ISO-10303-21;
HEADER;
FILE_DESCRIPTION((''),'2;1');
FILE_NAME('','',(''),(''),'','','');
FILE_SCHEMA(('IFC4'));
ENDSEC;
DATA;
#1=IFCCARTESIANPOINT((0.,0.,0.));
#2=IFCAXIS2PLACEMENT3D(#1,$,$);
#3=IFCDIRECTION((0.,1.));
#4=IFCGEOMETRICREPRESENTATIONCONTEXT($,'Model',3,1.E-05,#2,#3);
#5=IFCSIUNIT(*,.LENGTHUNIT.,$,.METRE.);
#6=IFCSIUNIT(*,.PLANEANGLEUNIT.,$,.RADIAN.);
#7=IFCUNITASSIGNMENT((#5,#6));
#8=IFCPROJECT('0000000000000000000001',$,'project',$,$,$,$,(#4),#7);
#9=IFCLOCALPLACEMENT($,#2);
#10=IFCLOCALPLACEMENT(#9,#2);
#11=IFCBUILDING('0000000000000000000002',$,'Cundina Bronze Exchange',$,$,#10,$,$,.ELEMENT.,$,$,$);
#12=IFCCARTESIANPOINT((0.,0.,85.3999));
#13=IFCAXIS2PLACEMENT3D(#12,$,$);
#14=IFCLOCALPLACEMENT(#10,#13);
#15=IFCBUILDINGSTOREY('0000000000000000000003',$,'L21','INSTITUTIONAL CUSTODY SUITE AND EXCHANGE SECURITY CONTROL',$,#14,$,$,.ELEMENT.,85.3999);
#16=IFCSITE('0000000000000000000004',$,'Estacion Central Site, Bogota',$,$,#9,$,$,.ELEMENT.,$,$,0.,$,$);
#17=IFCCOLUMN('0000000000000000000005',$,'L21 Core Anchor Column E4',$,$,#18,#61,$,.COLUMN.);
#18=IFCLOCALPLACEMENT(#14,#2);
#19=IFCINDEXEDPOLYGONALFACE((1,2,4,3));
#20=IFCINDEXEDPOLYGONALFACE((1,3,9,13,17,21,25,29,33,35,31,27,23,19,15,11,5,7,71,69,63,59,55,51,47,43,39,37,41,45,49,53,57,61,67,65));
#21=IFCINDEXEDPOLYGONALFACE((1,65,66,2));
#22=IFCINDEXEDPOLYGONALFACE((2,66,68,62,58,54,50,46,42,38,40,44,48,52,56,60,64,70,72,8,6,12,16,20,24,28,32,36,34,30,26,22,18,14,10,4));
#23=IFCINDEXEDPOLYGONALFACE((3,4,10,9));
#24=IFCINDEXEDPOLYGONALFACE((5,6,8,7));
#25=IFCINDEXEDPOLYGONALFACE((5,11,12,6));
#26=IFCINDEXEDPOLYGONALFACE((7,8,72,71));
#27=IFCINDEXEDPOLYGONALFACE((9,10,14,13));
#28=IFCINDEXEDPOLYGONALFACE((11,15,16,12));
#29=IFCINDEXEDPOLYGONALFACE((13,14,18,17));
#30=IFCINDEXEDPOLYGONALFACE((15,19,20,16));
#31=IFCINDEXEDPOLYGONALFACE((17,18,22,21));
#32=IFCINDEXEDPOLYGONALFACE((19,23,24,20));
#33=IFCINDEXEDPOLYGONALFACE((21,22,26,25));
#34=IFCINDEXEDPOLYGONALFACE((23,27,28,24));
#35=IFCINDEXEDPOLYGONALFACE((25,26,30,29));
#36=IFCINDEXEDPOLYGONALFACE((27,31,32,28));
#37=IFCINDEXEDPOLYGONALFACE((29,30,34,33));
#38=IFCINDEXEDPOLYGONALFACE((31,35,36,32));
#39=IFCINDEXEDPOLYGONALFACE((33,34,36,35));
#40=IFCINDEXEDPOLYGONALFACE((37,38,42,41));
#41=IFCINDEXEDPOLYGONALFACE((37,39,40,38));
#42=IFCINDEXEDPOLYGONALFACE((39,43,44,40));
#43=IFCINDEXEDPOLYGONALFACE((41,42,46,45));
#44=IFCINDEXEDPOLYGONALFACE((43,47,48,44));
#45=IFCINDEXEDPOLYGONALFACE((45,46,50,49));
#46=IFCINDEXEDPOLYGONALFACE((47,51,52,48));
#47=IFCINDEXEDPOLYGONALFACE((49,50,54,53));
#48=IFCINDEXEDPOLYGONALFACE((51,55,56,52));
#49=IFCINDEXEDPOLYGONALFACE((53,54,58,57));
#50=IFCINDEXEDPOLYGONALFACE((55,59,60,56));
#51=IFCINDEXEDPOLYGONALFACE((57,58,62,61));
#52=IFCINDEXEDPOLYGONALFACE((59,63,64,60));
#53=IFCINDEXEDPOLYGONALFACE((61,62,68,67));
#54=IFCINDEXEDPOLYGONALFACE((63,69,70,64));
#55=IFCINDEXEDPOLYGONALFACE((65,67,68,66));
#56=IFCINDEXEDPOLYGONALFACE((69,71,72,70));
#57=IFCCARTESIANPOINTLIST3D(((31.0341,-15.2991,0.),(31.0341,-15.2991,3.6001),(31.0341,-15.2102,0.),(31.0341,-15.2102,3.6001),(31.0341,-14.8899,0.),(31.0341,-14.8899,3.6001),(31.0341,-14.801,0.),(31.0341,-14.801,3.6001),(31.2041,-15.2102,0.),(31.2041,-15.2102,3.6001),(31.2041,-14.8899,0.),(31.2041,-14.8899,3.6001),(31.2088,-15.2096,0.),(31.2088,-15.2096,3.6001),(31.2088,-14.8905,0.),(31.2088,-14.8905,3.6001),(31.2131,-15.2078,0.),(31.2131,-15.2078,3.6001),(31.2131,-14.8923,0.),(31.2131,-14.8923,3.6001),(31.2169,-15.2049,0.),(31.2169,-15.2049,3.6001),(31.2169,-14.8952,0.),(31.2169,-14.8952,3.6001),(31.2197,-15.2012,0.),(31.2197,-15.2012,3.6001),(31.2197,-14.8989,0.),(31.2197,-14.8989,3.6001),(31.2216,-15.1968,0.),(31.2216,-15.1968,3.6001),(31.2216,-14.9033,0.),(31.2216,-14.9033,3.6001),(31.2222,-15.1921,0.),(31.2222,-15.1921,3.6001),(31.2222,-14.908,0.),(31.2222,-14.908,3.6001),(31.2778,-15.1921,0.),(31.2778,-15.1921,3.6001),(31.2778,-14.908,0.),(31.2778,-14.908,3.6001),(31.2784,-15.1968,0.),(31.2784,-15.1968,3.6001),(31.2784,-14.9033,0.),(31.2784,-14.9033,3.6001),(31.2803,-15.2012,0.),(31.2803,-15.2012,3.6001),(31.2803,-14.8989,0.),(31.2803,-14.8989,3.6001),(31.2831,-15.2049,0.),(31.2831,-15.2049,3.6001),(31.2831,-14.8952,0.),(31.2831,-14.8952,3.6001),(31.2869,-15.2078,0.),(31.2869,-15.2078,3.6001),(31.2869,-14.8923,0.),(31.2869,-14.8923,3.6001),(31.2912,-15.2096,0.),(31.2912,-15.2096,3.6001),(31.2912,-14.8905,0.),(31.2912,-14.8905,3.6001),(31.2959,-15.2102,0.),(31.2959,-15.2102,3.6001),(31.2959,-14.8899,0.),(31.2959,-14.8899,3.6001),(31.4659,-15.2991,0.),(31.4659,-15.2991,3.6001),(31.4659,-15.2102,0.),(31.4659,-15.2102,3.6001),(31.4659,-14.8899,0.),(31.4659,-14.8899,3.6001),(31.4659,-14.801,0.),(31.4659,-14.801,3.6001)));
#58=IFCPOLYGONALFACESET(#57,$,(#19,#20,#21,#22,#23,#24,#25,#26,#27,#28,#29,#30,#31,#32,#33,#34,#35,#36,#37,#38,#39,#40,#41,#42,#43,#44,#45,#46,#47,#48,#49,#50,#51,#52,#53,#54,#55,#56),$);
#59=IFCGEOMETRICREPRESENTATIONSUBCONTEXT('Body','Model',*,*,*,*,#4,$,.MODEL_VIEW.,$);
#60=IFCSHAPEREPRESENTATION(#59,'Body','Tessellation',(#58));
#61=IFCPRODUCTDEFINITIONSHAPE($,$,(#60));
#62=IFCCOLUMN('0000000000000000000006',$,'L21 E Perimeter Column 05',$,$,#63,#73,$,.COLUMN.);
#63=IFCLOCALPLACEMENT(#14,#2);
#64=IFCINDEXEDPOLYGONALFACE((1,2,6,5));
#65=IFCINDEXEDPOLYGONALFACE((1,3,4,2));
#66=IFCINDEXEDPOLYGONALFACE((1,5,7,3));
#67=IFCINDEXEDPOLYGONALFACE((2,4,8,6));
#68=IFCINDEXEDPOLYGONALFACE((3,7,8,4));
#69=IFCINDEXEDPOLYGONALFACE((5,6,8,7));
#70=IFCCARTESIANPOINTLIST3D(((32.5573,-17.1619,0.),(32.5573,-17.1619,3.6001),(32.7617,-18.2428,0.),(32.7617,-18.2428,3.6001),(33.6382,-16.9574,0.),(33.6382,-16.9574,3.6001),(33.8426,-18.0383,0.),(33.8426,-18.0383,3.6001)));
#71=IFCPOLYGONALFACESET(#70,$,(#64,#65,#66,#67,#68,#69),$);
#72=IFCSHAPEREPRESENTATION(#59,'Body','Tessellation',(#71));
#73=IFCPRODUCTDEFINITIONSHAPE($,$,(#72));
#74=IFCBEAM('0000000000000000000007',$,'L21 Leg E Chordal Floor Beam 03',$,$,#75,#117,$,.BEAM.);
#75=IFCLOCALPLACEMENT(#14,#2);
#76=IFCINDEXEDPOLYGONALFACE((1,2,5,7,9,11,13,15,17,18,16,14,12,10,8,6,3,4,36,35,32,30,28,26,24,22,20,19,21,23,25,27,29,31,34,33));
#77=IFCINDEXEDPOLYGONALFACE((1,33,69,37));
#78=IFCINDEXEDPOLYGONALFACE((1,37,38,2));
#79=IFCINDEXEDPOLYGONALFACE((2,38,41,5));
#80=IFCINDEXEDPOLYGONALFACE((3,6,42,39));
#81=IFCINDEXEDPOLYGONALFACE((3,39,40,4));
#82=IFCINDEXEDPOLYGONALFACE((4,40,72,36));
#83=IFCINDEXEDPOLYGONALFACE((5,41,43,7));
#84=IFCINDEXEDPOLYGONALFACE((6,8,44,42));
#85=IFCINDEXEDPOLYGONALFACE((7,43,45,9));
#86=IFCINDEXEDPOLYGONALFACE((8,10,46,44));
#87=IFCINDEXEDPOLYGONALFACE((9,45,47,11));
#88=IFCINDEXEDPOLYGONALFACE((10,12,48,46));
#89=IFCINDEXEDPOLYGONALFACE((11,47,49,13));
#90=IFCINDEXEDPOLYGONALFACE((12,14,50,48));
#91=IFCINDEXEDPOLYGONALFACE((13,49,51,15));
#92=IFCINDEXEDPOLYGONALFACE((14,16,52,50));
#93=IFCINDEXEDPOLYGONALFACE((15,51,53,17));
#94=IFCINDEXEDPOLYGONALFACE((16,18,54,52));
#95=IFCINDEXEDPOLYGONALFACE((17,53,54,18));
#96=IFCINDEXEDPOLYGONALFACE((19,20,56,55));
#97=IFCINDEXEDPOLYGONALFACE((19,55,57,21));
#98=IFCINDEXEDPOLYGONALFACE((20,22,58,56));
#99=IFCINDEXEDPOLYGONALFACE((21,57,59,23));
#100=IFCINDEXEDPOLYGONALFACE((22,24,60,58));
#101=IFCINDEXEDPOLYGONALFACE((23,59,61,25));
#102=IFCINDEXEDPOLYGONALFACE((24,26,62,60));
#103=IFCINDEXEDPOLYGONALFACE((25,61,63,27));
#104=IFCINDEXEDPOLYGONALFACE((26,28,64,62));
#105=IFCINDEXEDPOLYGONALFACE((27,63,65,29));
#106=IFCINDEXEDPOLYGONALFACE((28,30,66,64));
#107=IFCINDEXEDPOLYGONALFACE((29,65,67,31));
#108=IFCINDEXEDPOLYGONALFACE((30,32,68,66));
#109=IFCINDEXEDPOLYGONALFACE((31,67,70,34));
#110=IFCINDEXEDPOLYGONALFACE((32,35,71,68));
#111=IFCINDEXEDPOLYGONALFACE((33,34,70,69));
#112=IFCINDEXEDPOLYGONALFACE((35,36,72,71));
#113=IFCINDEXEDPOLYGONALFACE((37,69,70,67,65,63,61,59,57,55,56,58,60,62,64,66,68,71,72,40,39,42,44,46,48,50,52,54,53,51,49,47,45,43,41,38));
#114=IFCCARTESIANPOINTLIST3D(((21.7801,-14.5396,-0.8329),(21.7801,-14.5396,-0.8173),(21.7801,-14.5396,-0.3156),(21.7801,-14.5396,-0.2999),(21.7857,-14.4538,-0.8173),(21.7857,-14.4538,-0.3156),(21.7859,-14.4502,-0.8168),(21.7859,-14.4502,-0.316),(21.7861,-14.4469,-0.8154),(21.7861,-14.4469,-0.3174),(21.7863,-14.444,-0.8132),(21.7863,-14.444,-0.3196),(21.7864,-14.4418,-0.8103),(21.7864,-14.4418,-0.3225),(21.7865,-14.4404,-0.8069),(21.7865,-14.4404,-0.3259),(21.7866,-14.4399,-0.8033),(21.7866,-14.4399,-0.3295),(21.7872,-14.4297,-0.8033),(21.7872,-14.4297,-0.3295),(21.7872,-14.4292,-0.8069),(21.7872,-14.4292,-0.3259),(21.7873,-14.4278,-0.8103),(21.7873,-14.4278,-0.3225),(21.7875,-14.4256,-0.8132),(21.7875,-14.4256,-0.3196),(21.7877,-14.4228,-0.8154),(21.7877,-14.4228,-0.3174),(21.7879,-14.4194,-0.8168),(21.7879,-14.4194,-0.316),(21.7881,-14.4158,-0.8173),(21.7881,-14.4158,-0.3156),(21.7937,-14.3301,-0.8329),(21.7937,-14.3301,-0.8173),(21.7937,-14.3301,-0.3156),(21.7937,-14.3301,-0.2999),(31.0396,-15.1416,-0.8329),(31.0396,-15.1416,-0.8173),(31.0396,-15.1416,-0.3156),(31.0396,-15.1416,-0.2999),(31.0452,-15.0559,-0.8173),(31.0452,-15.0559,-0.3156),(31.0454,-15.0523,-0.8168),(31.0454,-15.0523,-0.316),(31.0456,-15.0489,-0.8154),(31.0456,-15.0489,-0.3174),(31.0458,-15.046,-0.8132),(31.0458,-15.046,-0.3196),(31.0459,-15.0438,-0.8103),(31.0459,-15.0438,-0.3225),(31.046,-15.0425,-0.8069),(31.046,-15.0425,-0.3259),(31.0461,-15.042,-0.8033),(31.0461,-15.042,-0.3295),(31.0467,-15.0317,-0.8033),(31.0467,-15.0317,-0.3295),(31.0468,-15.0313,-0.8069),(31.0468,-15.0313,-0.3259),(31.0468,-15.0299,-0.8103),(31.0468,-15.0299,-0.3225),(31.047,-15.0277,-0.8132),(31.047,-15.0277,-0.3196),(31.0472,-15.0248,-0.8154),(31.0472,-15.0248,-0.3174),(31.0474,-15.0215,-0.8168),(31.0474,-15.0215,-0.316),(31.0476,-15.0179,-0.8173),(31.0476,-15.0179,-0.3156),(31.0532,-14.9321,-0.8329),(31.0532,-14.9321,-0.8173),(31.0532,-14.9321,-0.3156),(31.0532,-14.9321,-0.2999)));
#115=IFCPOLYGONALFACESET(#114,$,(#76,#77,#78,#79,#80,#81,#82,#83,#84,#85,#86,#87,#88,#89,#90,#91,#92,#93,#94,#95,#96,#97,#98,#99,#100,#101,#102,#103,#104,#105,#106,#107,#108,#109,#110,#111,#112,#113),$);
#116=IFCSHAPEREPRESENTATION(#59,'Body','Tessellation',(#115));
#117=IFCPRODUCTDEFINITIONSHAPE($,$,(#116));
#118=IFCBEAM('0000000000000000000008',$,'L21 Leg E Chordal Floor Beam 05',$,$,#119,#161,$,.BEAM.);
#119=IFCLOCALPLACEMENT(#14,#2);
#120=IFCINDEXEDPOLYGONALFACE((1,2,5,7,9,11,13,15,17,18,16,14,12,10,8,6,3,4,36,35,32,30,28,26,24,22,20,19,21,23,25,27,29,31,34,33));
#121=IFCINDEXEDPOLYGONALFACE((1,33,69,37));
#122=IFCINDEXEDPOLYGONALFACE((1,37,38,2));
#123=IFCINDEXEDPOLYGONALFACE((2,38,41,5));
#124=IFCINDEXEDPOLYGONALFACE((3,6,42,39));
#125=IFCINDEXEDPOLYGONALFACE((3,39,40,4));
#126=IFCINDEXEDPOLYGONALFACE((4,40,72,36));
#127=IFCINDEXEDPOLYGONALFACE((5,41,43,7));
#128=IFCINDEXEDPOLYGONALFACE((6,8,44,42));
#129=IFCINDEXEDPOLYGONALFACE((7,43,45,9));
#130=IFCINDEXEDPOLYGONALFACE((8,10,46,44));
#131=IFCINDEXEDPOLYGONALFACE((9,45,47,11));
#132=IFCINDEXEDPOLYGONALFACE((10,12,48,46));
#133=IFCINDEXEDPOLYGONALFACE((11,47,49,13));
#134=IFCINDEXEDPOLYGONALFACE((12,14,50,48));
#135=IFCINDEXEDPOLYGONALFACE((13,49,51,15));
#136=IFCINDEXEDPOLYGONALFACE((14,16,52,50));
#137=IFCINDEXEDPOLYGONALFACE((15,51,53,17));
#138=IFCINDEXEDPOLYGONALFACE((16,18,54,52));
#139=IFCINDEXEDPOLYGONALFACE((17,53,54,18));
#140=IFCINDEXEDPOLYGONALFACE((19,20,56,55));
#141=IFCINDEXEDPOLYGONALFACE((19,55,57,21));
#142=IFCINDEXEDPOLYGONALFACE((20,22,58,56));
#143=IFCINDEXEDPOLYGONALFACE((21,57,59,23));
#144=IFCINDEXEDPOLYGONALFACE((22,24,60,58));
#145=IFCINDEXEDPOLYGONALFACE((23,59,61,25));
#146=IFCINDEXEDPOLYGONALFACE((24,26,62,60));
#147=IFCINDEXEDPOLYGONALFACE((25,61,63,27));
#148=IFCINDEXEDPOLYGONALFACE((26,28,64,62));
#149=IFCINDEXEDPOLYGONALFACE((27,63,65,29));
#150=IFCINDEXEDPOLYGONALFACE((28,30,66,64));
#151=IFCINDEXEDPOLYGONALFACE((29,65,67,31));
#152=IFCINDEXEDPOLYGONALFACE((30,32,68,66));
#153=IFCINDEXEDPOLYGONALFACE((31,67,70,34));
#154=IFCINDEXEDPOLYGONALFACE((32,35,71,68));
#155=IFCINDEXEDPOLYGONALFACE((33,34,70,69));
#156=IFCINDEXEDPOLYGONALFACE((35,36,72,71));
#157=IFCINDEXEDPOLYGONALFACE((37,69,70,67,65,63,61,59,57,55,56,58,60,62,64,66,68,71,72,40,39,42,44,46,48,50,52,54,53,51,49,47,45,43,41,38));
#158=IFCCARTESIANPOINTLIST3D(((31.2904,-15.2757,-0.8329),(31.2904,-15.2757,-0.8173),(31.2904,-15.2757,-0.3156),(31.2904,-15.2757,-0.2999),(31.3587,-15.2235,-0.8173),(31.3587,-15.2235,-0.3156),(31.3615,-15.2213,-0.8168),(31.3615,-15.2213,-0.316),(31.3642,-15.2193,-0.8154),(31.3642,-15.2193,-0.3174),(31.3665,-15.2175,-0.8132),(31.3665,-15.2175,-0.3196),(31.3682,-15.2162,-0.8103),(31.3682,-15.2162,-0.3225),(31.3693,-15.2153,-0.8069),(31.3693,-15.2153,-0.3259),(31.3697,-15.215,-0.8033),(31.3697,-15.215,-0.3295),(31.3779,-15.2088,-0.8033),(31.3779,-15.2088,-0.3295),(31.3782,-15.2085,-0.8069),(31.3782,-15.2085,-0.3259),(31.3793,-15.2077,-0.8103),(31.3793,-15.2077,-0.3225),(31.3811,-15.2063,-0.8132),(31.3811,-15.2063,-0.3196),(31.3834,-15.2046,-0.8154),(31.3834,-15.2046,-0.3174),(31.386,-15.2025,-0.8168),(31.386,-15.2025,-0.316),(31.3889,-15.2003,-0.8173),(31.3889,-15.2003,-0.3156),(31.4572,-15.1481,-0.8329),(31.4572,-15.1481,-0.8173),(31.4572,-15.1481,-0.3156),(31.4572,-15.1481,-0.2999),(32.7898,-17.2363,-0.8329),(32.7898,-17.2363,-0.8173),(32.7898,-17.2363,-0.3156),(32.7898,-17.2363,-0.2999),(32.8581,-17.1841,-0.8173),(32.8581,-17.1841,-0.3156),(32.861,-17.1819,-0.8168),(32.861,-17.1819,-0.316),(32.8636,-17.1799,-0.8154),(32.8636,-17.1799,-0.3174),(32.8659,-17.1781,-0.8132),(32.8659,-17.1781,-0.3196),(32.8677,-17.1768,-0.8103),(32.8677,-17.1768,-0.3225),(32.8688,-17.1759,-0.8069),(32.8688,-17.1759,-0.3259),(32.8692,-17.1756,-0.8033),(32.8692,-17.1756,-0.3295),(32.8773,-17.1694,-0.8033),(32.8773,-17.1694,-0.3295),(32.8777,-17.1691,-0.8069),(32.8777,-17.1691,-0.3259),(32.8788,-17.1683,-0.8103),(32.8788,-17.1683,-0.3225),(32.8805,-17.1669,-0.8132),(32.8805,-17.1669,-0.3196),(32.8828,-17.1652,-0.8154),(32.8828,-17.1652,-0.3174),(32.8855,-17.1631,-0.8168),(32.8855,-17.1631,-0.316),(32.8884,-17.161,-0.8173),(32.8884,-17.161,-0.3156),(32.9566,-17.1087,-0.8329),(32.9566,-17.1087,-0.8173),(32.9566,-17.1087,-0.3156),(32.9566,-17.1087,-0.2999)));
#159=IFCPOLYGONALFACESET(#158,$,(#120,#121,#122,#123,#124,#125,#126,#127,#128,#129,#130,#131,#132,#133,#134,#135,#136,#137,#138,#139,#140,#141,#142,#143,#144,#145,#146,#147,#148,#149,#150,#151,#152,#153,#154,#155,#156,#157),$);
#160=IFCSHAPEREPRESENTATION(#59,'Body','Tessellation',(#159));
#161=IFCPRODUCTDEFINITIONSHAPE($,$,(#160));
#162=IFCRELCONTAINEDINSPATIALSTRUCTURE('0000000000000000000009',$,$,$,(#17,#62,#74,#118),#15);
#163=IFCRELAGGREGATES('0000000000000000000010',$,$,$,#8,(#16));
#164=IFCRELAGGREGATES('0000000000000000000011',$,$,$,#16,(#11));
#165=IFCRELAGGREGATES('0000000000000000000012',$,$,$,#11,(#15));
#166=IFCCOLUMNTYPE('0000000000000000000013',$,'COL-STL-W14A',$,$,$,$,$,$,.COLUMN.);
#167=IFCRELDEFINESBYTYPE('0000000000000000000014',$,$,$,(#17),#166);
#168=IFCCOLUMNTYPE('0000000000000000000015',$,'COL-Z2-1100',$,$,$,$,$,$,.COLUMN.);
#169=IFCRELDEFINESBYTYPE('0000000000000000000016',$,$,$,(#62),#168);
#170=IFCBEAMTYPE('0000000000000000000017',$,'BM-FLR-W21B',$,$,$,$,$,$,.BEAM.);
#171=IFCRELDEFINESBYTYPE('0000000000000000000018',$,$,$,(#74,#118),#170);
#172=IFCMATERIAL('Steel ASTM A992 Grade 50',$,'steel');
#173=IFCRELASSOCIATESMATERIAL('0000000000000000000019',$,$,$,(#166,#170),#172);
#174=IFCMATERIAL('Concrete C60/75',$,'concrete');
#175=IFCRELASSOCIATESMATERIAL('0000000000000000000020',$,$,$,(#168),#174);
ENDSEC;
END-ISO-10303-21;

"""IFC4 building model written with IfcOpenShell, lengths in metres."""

from ifc_helpers import new_model, si_unit, direction, frame, origin, origin_2d, place, context, subcontext, project, spatial, rectangle, i_section, extrude, material, material_profile, profile_set, type_object, element, save


model = new_model("IFC4")

# Units and contexts
model_context = context("Model", 3, precision=1e-05, world=origin(), true_north=direction((0.0, 1.0)))
body_context = subcontext(model_context, "Body", "Model", "MODEL_VIEW")
ifc_project = project(units=[si_unit("LENGTHUNIT", "METRE"), si_unit("PLANEANGLEUNIT", "RADIAN")], contexts=[model_context])

# Site, building, storey
site_placement = place(None, origin())
site = spatial("IfcSite", under=ifc_project, at=site_placement, Name="Estacion Central Site, Bogota", CompositionType="ELEMENT", RefElevation=0.0)
building_placement = place(site_placement, origin())
building = spatial("IfcBuilding", under=site, at=building_placement, Name="Cundina Bronze Exchange", CompositionType="ELEMENT")
storey_placement = place(building_placement, frame((0.0, 0.0, 85.3999)))
storey = spatial("IfcBuildingStorey", under=building, at=storey_placement, Name="L21", Description="INSTITUTIONAL CUSTODY SUITE AND EXCHANGE SECURITY CONTROL", CompositionType="ELEMENT", Elevation=85.3999)

# Columns
ifc_material_1 = material(Name="Steel ASTM A992 Grade 50", Category="steel")
ifc_material_profile_1 = material_profile(ifc_material_1, i_section(OverallWidth=0.4319, OverallDepth=0.498, WebThickness=0.0557, FlangeThickness=0.0889, FilletRadius=0.0181, at=origin_2d()), Name="W14X500", Category="steel")
ifc_profile_set_1 = profile_set([ifc_material_profile_1], Name="Steel ASTM A992 Grade 50")
column_type_1 = type_object("IfcColumnType", Name="COL-STL-W14A", PredefinedType="COLUMN", material=ifc_profile_set_1)
column_1_placement = place(storey_placement, frame((31.25, -15.05, 0.0), z_axis=(0.0, 0.0, 1.0), x_axis=(1.0, 0.0, 0.0)))
element("IfcColumn", 1, at=column_1_placement, inside=storey, type_object=column_type_1, Name="L21 Core Anchor Column E4", PredefinedType="COLUMN", context=body_context, shape_type="SweptSolid", body=[
    extrude(i_section(OverallWidth=0.4319, OverallDepth=0.498, WebThickness=0.0557, FlangeThickness=0.0889, FilletRadius=0.0181, at=origin_2d()), origin(), (0.0, 0.0, 1.0), 3.6001),
])
ifc_material_2 = material(Name="Concrete C60/75", Category="concrete")
ifc_material_profile_2 = material_profile(ifc_material_2, rectangle(XDim=1.1001, YDim=1.1001, at=origin_2d()), Name="RC1100X1100", Category="concrete")
ifc_profile_set_2 = profile_set([ifc_material_profile_2], Name="Concrete C60/75")
column_type_2 = type_object("IfcColumnType", Name="COL-Z2-1100", PredefinedType="COLUMN", material=ifc_profile_set_2)
column_2_placement = place(storey_placement, frame((33.2, -17.6001, 0.0), z_axis=(0.0, 0.0, 1.0), x_axis=(0.98258, 0.185838, 0.0)))
element("IfcColumn", 2, at=column_2_placement, inside=storey, type_object=column_type_2, Name="L21 E Perimeter Column 05", PredefinedType="COLUMN", context=body_context, shape_type="SweptSolid", body=[
    extrude(rectangle(XDim=1.1001, YDim=1.1001, at=origin_2d()), origin(), (0.0, 0.0, 1.0), 3.6001),
])

# Beams
ifc_material_profile_3 = material_profile(ifc_material_1, i_section(OverallWidth=0.21, OverallDepth=0.533, WebThickness=0.0103, FlangeThickness=0.0156, FilletRadius=0.0139, at=origin_2d()), Name="W21X62", Category="steel")
ifc_profile_set_3 = profile_set([ifc_material_profile_3], Name="Steel ASTM A992 Grade 50")
beam_type_1 = type_object("IfcBeamType", Name="BM-FLR-W21B", PredefinedType="BEAM", material=ifc_profile_set_3)
beam_1_placement = place(storey_placement, frame((31.0464, -15.0369, -0.5664), z_axis=(-0.997893, 0.064883, 0.0), x_axis=(-0.064883, -0.997893, 0.0)))
element("IfcBeam", 3, at=beam_1_placement, inside=storey, type_object=beam_type_1, Name="L21 Leg E Chordal Floor Beam 03", PredefinedType="BEAM", context=body_context, shape_type="SweptSolid", body=[
    extrude(i_section(OverallWidth=0.21, OverallDepth=0.533, WebThickness=0.0103, FlangeThickness=0.0156, FilletRadius=0.0139, at=origin_2d()), origin(), (0.0, 0.0, 1.0), 9.2791),
])
beam_2_placement = place(storey_placement, frame((31.3738, -15.2119, -0.5664), z_axis=(0.60749, -0.794327, 0.0), x_axis=(0.794327, 0.60749, 0.0)))
element("IfcBeam", 4, at=beam_2_placement, inside=storey, type_object=beam_type_1, Name="L21 Leg E Chordal Floor Beam 05", PredefinedType="BEAM", context=body_context, shape_type="SweptSolid", body=[
    extrude(i_section(OverallWidth=0.21, OverallDepth=0.533, WebThickness=0.0103, FlangeThickness=0.0156, FilletRadius=0.0139, at=origin_2d()), origin(), (0.0, 0.0, 1.0), 2.4683),
])

save(model, "model.ifc")
